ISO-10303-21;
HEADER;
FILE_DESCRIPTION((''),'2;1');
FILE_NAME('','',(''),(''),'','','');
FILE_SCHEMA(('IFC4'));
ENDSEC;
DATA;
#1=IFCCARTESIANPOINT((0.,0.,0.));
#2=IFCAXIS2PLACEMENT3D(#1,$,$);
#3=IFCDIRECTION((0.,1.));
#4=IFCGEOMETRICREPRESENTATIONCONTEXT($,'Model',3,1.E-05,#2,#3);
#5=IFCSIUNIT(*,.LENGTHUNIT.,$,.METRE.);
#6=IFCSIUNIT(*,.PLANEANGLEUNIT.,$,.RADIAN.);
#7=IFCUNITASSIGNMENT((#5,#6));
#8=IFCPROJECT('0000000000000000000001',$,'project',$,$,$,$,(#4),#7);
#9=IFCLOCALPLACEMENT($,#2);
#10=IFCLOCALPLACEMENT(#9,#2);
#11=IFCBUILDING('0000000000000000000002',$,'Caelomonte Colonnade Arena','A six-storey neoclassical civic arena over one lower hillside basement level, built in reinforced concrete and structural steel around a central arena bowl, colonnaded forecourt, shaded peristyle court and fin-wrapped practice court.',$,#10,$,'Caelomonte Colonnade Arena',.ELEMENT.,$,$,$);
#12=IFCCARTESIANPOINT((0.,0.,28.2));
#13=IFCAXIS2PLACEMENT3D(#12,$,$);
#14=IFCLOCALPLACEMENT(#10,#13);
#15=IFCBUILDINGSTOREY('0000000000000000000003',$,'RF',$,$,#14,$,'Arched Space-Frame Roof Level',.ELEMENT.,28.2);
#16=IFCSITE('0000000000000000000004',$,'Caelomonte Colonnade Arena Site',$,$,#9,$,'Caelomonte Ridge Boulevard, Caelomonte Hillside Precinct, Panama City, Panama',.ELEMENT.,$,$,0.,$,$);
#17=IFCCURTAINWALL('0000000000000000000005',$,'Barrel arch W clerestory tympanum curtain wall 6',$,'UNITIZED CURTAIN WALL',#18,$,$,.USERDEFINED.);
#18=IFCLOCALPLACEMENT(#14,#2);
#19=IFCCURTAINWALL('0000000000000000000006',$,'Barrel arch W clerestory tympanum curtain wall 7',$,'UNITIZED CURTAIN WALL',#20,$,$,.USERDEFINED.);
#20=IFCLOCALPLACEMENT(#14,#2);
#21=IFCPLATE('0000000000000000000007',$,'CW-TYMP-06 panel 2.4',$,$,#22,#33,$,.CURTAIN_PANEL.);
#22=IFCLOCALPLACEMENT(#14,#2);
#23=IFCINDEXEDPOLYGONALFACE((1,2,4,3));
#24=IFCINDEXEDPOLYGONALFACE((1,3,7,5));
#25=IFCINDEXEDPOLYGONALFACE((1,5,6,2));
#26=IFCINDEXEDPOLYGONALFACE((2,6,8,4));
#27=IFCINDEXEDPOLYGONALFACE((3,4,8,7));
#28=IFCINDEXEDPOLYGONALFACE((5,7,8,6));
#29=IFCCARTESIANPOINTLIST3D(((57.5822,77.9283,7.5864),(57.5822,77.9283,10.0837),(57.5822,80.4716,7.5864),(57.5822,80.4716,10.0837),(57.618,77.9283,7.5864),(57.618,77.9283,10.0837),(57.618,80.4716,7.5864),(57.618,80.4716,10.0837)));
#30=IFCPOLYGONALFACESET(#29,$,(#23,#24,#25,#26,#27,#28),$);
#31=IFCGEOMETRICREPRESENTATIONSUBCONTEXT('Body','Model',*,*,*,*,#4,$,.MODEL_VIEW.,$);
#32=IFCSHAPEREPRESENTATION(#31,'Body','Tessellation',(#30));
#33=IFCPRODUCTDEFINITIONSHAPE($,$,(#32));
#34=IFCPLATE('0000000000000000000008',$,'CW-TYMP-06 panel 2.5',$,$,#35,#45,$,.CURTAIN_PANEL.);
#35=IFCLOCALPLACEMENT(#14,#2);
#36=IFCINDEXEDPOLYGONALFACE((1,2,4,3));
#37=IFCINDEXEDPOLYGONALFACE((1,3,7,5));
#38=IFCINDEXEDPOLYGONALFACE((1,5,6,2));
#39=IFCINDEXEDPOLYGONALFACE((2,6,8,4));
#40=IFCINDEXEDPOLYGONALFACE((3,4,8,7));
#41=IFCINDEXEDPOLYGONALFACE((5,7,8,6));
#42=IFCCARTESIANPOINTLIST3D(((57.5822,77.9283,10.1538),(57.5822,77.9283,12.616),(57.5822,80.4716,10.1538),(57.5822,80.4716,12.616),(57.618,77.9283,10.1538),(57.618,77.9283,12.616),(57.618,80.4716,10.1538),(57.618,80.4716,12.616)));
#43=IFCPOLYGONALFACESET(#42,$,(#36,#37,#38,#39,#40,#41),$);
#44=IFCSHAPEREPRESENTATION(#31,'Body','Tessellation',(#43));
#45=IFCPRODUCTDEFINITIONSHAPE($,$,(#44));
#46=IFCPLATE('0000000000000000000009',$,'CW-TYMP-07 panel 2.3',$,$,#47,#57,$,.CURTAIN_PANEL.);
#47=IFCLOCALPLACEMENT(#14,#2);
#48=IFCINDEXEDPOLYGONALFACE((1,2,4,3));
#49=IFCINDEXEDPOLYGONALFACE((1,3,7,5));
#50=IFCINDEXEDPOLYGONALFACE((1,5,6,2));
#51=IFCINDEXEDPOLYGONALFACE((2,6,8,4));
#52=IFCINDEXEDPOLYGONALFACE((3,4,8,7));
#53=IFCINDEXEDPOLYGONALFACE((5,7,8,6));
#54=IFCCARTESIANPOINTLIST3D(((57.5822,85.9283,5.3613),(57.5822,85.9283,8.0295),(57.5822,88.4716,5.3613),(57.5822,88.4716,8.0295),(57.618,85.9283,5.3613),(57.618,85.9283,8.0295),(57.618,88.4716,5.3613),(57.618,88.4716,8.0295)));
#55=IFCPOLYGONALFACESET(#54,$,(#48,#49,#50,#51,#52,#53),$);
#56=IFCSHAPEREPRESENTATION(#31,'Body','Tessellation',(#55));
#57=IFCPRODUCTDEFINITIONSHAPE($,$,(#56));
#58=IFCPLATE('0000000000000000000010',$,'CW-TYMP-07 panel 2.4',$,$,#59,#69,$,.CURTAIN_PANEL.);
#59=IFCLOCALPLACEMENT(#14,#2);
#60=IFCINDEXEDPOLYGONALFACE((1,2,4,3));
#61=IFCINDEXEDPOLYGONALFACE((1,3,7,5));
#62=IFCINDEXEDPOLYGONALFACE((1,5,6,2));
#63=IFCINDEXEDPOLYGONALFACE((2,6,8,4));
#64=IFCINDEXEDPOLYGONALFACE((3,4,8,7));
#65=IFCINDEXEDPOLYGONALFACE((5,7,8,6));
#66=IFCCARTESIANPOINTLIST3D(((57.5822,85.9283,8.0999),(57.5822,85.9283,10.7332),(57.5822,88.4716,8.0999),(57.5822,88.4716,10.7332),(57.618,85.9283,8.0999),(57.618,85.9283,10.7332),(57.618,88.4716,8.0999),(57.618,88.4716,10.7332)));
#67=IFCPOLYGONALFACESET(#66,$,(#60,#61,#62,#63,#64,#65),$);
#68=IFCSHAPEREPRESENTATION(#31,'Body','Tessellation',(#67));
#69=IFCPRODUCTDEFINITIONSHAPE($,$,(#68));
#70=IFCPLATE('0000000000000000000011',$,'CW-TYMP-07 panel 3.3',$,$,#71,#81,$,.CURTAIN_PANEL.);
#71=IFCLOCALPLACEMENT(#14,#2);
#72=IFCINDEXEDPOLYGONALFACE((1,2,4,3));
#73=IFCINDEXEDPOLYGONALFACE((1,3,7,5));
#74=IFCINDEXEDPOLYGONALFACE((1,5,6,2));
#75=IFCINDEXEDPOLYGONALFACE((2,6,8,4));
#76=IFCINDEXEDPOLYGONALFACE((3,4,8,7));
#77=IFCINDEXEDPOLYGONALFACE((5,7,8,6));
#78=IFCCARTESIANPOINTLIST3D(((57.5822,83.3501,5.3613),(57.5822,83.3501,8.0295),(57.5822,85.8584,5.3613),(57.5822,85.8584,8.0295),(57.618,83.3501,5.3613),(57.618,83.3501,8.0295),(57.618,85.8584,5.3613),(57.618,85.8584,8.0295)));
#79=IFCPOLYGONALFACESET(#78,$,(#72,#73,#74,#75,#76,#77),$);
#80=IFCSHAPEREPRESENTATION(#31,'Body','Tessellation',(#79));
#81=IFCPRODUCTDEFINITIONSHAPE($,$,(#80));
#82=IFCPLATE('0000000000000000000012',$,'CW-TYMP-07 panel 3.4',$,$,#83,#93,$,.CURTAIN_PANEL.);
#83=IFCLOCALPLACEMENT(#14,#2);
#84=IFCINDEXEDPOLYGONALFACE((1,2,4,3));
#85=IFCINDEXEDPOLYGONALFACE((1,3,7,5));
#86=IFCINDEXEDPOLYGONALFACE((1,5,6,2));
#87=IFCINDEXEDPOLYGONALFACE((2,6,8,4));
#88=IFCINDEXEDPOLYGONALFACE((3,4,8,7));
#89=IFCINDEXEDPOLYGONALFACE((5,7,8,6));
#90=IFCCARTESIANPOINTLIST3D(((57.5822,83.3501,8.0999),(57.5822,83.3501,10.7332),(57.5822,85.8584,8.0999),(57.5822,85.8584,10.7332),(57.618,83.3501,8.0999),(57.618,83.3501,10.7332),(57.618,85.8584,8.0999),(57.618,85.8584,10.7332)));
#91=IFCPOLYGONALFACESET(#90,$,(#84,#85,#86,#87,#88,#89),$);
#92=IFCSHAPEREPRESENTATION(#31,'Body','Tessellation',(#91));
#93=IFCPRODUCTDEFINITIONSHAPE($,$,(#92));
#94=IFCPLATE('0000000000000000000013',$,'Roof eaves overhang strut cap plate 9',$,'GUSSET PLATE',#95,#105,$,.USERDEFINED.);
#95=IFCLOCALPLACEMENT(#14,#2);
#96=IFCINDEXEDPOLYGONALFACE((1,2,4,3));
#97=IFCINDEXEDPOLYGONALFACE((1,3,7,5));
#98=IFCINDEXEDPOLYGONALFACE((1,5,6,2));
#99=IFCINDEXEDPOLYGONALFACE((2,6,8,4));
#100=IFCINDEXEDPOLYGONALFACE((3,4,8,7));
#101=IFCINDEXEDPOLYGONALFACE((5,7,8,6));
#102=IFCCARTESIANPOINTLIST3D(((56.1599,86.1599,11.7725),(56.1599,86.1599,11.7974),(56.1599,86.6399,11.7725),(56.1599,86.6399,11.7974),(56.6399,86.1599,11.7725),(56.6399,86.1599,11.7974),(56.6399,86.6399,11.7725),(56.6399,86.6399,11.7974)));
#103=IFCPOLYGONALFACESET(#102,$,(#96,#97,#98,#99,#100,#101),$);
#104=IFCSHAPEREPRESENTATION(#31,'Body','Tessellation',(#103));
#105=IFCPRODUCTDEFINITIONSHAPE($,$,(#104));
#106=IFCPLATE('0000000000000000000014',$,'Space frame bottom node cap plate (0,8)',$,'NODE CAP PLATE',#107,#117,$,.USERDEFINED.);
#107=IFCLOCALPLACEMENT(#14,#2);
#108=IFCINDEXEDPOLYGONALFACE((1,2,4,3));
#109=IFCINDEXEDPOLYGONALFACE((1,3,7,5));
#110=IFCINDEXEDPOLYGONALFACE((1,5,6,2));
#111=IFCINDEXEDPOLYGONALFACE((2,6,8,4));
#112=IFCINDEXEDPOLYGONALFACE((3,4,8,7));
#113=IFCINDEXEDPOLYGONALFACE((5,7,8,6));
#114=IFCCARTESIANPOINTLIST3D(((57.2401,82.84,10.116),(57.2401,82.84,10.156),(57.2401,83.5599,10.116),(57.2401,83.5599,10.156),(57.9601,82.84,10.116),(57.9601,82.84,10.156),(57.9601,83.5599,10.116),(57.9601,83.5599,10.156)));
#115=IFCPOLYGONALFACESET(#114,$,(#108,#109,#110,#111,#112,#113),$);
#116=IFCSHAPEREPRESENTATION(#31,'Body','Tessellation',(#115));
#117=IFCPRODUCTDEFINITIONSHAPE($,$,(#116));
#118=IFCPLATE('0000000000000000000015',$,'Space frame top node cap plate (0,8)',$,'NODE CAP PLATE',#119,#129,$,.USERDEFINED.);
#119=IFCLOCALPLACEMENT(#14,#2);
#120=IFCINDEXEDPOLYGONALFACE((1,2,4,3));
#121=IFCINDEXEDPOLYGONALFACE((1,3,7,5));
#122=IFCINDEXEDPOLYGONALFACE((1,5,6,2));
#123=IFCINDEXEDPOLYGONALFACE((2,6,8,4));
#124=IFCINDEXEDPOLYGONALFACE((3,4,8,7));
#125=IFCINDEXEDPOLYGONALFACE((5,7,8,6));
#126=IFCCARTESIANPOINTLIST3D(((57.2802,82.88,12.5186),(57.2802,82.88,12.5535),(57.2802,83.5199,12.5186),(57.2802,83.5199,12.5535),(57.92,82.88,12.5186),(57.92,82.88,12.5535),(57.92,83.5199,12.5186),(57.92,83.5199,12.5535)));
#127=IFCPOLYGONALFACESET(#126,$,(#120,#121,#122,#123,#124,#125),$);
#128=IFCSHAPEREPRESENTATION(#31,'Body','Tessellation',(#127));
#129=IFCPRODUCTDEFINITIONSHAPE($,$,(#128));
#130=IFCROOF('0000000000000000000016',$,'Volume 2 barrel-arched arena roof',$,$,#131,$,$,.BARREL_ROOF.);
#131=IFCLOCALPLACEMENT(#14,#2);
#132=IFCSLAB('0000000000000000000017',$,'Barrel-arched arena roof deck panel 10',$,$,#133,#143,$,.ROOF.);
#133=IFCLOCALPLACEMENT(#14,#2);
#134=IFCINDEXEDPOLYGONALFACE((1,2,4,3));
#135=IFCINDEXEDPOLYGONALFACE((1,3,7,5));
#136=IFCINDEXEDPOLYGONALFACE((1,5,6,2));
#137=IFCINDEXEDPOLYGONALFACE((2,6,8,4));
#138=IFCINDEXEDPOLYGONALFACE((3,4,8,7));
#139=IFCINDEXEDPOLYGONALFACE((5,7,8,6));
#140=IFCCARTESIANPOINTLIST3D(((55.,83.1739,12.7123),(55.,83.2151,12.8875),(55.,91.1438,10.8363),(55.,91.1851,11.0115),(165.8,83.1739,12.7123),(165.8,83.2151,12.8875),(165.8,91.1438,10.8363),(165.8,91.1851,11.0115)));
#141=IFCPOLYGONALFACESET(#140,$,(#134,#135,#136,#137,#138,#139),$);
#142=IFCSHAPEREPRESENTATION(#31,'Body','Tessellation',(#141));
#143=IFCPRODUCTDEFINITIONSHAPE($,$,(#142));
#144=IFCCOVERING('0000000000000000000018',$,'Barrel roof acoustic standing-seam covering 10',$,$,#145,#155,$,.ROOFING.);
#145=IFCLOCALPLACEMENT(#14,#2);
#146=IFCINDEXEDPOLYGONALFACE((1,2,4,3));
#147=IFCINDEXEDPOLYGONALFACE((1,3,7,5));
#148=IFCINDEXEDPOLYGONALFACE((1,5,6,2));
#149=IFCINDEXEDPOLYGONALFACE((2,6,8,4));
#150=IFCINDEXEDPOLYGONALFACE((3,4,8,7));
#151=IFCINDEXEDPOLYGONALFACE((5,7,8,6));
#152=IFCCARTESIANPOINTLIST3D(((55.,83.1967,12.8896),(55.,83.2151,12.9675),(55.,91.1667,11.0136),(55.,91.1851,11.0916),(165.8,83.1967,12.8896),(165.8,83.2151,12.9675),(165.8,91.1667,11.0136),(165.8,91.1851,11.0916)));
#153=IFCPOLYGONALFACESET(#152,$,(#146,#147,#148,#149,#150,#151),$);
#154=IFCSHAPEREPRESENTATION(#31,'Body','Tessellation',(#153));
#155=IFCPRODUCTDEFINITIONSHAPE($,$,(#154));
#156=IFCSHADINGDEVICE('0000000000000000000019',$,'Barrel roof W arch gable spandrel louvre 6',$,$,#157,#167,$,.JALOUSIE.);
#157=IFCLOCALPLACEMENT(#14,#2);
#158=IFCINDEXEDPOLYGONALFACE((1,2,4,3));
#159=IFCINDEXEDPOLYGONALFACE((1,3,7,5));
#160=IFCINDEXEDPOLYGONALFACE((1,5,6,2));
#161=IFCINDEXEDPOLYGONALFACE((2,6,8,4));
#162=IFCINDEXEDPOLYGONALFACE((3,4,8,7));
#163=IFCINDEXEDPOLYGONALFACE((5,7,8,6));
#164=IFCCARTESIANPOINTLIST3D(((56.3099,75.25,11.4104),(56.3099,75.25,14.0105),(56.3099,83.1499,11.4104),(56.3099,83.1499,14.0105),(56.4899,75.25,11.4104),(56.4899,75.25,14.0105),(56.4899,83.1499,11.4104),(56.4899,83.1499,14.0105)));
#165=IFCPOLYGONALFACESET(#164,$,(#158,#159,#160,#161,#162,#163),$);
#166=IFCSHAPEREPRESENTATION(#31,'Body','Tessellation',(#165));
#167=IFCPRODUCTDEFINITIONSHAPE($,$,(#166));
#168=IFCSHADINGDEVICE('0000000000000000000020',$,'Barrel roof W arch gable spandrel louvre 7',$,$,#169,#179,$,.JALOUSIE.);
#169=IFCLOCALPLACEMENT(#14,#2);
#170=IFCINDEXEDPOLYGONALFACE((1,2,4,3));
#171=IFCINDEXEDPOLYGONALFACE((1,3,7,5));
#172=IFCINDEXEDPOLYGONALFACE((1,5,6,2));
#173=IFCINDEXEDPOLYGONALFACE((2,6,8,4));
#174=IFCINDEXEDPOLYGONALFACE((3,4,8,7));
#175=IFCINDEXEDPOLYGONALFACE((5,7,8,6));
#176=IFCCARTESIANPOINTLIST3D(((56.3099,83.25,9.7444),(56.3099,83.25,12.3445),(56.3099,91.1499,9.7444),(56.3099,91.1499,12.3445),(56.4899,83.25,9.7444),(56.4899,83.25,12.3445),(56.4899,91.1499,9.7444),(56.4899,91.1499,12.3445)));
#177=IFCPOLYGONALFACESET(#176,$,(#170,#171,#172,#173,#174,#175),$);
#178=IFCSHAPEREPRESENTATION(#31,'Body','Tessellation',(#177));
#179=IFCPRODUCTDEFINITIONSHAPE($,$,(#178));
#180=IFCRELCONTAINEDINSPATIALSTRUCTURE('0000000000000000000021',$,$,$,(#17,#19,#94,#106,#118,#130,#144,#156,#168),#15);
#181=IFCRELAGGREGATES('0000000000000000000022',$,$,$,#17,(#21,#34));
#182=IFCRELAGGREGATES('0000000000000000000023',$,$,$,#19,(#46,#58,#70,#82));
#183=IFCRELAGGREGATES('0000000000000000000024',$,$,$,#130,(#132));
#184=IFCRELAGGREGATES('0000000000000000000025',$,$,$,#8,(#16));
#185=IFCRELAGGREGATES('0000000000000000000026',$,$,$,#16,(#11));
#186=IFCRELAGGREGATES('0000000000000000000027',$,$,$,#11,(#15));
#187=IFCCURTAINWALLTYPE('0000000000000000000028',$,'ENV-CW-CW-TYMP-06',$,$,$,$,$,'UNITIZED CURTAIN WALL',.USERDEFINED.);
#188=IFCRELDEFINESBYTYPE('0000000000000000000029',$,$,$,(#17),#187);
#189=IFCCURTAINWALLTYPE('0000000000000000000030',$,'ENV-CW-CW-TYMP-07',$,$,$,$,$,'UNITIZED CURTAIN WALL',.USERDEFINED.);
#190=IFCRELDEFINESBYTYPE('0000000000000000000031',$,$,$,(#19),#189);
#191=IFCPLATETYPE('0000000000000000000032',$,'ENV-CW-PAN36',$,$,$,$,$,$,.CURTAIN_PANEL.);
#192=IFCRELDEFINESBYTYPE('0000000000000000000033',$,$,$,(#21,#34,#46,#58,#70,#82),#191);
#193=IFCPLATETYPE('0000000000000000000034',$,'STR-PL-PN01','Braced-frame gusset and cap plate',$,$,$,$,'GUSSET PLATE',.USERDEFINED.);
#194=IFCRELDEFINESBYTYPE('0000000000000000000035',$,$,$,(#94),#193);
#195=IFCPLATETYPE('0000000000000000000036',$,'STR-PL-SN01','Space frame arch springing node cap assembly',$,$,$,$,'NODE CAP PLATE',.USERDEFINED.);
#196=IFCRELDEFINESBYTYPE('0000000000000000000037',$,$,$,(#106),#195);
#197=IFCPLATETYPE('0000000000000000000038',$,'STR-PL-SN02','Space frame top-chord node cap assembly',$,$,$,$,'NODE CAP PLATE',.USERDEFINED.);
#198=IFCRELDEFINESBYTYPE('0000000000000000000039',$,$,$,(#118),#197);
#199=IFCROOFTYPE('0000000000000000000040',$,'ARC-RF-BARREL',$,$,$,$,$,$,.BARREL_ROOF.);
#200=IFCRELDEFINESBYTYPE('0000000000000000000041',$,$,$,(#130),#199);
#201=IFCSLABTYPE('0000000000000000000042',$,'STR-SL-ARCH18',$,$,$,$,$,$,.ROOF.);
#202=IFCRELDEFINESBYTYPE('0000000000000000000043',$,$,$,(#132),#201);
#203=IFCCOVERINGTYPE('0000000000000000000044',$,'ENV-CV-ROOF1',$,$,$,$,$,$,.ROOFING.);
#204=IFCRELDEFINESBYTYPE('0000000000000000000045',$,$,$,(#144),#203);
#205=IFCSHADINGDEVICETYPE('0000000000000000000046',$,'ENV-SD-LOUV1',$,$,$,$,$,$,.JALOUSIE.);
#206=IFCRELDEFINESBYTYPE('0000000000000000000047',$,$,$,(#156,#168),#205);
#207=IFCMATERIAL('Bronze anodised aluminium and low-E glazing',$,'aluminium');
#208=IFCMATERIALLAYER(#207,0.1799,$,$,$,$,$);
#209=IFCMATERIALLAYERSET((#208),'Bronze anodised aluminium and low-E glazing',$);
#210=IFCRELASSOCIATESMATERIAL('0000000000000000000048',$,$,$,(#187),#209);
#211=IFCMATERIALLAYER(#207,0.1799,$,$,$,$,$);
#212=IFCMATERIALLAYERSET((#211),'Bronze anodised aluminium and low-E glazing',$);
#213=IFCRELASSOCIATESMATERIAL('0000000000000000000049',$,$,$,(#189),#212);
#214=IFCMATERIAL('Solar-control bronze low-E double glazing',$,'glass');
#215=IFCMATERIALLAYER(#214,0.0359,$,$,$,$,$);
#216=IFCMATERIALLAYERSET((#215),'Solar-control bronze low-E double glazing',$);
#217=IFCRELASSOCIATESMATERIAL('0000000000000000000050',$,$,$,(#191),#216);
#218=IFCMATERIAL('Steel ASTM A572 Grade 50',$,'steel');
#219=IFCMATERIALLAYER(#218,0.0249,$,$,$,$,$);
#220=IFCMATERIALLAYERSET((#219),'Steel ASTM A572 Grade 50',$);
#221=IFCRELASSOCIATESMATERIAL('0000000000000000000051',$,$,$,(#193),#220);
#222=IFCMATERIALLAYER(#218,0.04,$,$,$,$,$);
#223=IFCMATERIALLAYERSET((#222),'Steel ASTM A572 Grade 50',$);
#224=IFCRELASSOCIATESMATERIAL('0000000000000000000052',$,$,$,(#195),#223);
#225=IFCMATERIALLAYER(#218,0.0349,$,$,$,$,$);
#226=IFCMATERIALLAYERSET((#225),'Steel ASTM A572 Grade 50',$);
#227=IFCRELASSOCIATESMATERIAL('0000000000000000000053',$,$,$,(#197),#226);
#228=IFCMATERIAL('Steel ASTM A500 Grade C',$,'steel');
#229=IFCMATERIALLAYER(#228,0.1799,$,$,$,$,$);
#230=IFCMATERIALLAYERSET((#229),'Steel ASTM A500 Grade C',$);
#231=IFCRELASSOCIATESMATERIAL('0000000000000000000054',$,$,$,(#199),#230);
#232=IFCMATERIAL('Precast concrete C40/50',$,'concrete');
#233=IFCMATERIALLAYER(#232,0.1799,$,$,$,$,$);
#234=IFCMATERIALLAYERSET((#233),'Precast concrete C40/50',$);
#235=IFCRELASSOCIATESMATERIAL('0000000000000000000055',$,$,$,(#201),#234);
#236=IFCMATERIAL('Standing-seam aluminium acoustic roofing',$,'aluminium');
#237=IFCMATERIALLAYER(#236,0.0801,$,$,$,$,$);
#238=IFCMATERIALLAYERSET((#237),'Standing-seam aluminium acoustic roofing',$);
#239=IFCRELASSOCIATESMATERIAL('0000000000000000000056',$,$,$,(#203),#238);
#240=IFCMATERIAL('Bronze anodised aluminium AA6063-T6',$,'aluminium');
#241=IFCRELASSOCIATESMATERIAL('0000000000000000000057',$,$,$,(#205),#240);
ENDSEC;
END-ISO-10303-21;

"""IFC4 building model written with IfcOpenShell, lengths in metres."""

from ifc_helpers import new_model, si_unit, direction, frame, origin, origin_2d, place, context, subcontext, project, spatial, polyline, rectangle, outline, extrude, material, layer, layer_set, type_object, element, aggregate, save


model = new_model("IFC4")

# Units and contexts
model_context = context("Model", 3, precision=1e-05, world=origin(), true_north=direction((0.0, 1.0)))
body_context = subcontext(model_context, "Body", "Model", "MODEL_VIEW")
ifc_project = project(units=[si_unit("LENGTHUNIT", "METRE"), si_unit("PLANEANGLEUNIT", "RADIAN")], contexts=[model_context])

# Site, building, storey
site_placement = place(None, origin())
site = spatial("IfcSite", under=ifc_project, at=site_placement, Name="Caelomonte Colonnade Arena Site", LongName="Caelomonte Ridge Boulevard, Caelomonte Hillside Precinct, Panama City, Panama", CompositionType="ELEMENT", RefElevation=0.0)
building_placement = place(site_placement, origin())
building = spatial("IfcBuilding", under=site, at=building_placement, Name="Caelomonte Colonnade Arena", Description="A six-storey neoclassical civic arena over one lower hillside basement level, built in reinforced concrete and structural steel around a central arena bowl, colonnaded forecourt, shaded peristyle court and fin-wrapped practice court.", LongName="Caelomonte Colonnade Arena", CompositionType="ELEMENT")
storey_placement = place(building_placement, frame((0.0, 0.0, 28.2)))
storey = spatial("IfcBuildingStorey", under=building, at=storey_placement, Name="RF", LongName="Arched Space-Frame Roof Level", CompositionType="ELEMENT", Elevation=28.2)

# Curtain walls
ifc_material_1 = material(Name="Bronze anodised aluminium and low-E glazing", Category="aluminium")
ifc_layer_1 = layer(ifc_material_1, 0.1799)
ifc_layer_set_1 = layer_set([ifc_layer_1], Name="Bronze anodised aluminium and low-E glazing")
curtain_wall_type_1 = type_object("IfcCurtainWallType", Name="ENV-CW-CW-TYMP-06", ElementType="UNITIZED CURTAIN WALL", PredefinedType="USERDEFINED", material=ifc_layer_set_1)
curtain_wall_1_placement = place(storey_placement, origin())
curtain_wall_1 = element("IfcCurtainWall", 1, at=curtain_wall_1_placement, inside=storey, type_object=curtain_wall_type_1, Name="Barrel arch W clerestory tympanum curtain wall 6", ObjectType="UNITIZED CURTAIN WALL", PredefinedType="USERDEFINED")
ifc_material_2 = material(Name="Bronze anodised aluminium AA6063-T6", Category="aluminium")
ifc_layer_2 = layer(ifc_material_1, 0.1799)
ifc_layer_set_2 = layer_set([ifc_layer_2], Name="Bronze anodised aluminium and low-E glazing")
curtain_wall_type_2 = type_object("IfcCurtainWallType", Name="ENV-CW-CW-TYMP-07", ElementType="UNITIZED CURTAIN WALL", PredefinedType="USERDEFINED", material=ifc_layer_set_2)
curtain_wall_2_placement = place(storey_placement, origin())
curtain_wall_2 = element("IfcCurtainWall", 2, at=curtain_wall_2_placement, inside=storey, type_object=curtain_wall_type_2, Name="Barrel arch W clerestory tympanum curtain wall 7", ObjectType="UNITIZED CURTAIN WALL", PredefinedType="USERDEFINED")

# Shared definitions
ifc_material_3 = material(Name="Steel ASTM A500 Grade C", Category="steel")

# Plates
ifc_material_4 = material(Name="Solar-control bronze low-E double glazing", Category="glass")
ifc_layer_3 = layer(ifc_material_4, 0.0359)
ifc_layer_set_3 = layer_set([ifc_layer_3], Name="Solar-control bronze low-E double glazing")
plate_type_1 = type_object("IfcPlateType", Name="ENV-CW-PAN36", PredefinedType="CURTAIN_PANEL", material=ifc_layer_set_3)
plate_1_placement = place(storey_placement, frame((57.6001, 79.2, 7.5864), z_axis=(0.0, 0.0, 1.0), x_axis=(0.0, -1.0, 0.0)))
plate_1 = element("IfcPlate", 3, at=plate_1_placement, type_object=plate_type_1, Name="CW-TYMP-06 panel 2.4", PredefinedType="CURTAIN_PANEL", context=body_context, shape_type="SweptSolid", body=[
    extrude(rectangle(XDim=2.5432, YDim=0.0359, at=origin_2d()), origin(), (0.0, 0.0, 1.0), 2.4973),
])
plate_2_placement = place(storey_placement, frame((57.6001, 79.2, 10.1538), z_axis=(0.0, 0.0, 1.0), x_axis=(0.0, -1.0, 0.0)))
plate_2 = element("IfcPlate", 4, at=plate_2_placement, type_object=plate_type_1, Name="CW-TYMP-06 panel 2.5", PredefinedType="CURTAIN_PANEL", context=body_context, shape_type="SweptSolid", body=[
    extrude(rectangle(XDim=2.5432, YDim=0.0359, at=origin_2d()), origin(), (0.0, 0.0, 1.0), 2.4622),
])
aggregate(curtain_wall_1, [plate_1, plate_2])
plate_3_placement = place(storey_placement, frame((57.6001, 87.2, 5.3613), z_axis=(0.0, 0.0, 1.0), x_axis=(0.0, -1.0, 0.0)))
plate_3 = element("IfcPlate", 5, at=plate_3_placement, type_object=plate_type_1, Name="CW-TYMP-07 panel 2.3", PredefinedType="CURTAIN_PANEL", context=body_context, shape_type="SweptSolid", body=[
    extrude(rectangle(XDim=2.5432, YDim=0.0359, at=origin_2d()), origin(), (0.0, 0.0, 1.0), 2.6682),
])
plate_4_placement = place(storey_placement, frame((57.6001, 87.2, 8.0999), z_axis=(0.0, 0.0, 1.0), x_axis=(0.0, -1.0, 0.0)))
plate_4 = element("IfcPlate", 6, at=plate_4_placement, type_object=plate_type_1, Name="CW-TYMP-07 panel 2.4", PredefinedType="CURTAIN_PANEL", context=body_context, shape_type="SweptSolid", body=[
    extrude(rectangle(XDim=2.5432, YDim=0.0359, at=origin_2d()), origin(), (0.0, 0.0, 1.0), 2.6333),
])
plate_5_placement = place(storey_placement, frame((57.6001, 84.6042, 5.3613), z_axis=(0.0, 0.0, 1.0), x_axis=(0.0, -1.0, 0.0)))
plate_5 = element("IfcPlate", 7, at=plate_5_placement, type_object=plate_type_1, Name="CW-TYMP-07 panel 3.3", PredefinedType="CURTAIN_PANEL", context=body_context, shape_type="SweptSolid", body=[
    extrude(rectangle(XDim=2.5083, YDim=0.0359, at=origin_2d()), origin(), (0.0, 0.0, 1.0), 2.6682),
])
plate_6_placement = place(storey_placement, frame((57.6001, 84.6042, 8.0999), z_axis=(0.0, 0.0, 1.0), x_axis=(0.0, -1.0, 0.0)))
plate_6 = element("IfcPlate", 8, at=plate_6_placement, type_object=plate_type_1, Name="CW-TYMP-07 panel 3.4", PredefinedType="CURTAIN_PANEL", context=body_context, shape_type="SweptSolid", body=[
    extrude(rectangle(XDim=2.5083, YDim=0.0359, at=origin_2d()), origin(), (0.0, 0.0, 1.0), 2.6333),
])
aggregate(curtain_wall_2, [plate_3, plate_4, plate_5, plate_6])

# Plates
ifc_material_5 = material(Name="Steel ASTM A572 Grade 50", Category="steel")
ifc_layer_4 = layer(ifc_material_5, 0.0249)
ifc_layer_set_4 = layer_set([ifc_layer_4], Name="Steel ASTM A572 Grade 50")
plate_type_2 = type_object("IfcPlateType", Name="STR-PL-PN01", Description="Braced-frame gusset and cap plate", ElementType="GUSSET PLATE", PredefinedType="USERDEFINED", material=ifc_layer_set_4)
plate_7_placement = place(storey_placement, frame((56.3999, 86.3999, 11.7725), z_axis=(0.0, 0.0, 1.0), x_axis=(1.0, 0.0, 0.0)))
element("IfcPlate", 9, at=plate_7_placement, inside=storey, type_object=plate_type_2, Name="Roof eaves overhang strut cap plate 9", ObjectType="GUSSET PLATE", PredefinedType="USERDEFINED", context=body_context, shape_type="SweptSolid", body=[
    extrude(rectangle(XDim=0.48, YDim=0.48, at=origin_2d()), origin(), (0.0, 0.0, 1.0), 0.0249),
])
ifc_layer_5 = layer(ifc_material_5, 0.04)
ifc_layer_set_5 = layer_set([ifc_layer_5], Name="Steel ASTM A572 Grade 50")
plate_type_3 = type_object("IfcPlateType", Name="STR-PL-SN01", Description="Space frame arch springing node cap assembly", ElementType="NODE CAP PLATE", PredefinedType="USERDEFINED", material=ifc_layer_set_5)
plate_8_placement = place(storey_placement, frame((57.6001, 83.2, 10.116), z_axis=(0.0, 0.0, 1.0), x_axis=(1.0, 0.0, 0.0)))
element("IfcPlate", 10, at=plate_8_placement, inside=storey, type_object=plate_type_3, Name="Space frame bottom node cap plate (0,8)", ObjectType="NODE CAP PLATE", PredefinedType="USERDEFINED", context=body_context, shape_type="SweptSolid", body=[
    extrude(rectangle(XDim=0.72, YDim=0.72, at=origin_2d()), origin(), (0.0, 0.0, 1.0), 0.04),
])
ifc_layer_6 = layer(ifc_material_5, 0.0349)
ifc_layer_set_6 = layer_set([ifc_layer_6], Name="Steel ASTM A572 Grade 50")
plate_type_4 = type_object("IfcPlateType", Name="STR-PL-SN02", Description="Space frame top-chord node cap assembly", ElementType="NODE CAP PLATE", PredefinedType="USERDEFINED", material=ifc_layer_set_6)
plate_9_placement = place(storey_placement, frame((57.6001, 83.2, 12.5186), z_axis=(0.0, 0.0, 1.0), x_axis=(1.0, 0.0, 0.0)))
element("IfcPlate", 11, at=plate_9_placement, inside=storey, type_object=plate_type_4, Name="Space frame top node cap plate (0,8)", ObjectType="NODE CAP PLATE", PredefinedType="USERDEFINED", context=body_context, shape_type="SweptSolid", body=[
    extrude(rectangle(XDim=0.6399, YDim=0.6399, at=origin_2d()), origin(), (0.0, 0.0, 1.0), 0.0349),
])

# Roof, slab
ifc_layer_7 = layer(ifc_material_3, 0.1799)
ifc_layer_set_7 = layer_set([ifc_layer_7], Name="Steel ASTM A500 Grade C")
roof_type = type_object("IfcRoofType", Name="ARC-RF-BARREL", PredefinedType="BARREL_ROOF", material=ifc_layer_set_7)
roof_placement = place(storey_placement, origin())
roof = element("IfcRoof", 12, at=roof_placement, inside=storey, type_object=roof_type, Name="Volume 2 barrel-arched arena roof", PredefinedType="BARREL_ROOF")
ifc_material_6 = material(Name="Precast concrete C40/50", Category="concrete")
ifc_layer_8 = layer(ifc_material_6, 0.1799)
ifc_layer_set_8 = layer_set([ifc_layer_8], Name="Precast concrete C40/50")
slab_type = type_object("IfcSlabType", Name="STR-SL-ARCH18", PredefinedType="ROOF", material=ifc_layer_set_8)
slab_placement = place(storey_placement, frame((55.0, 83.2151, 12.8875), z_axis=(0.0, 0.229119, 0.973398), x_axis=(1.0, 0.0, 0.0)))
slab = element("IfcSlab", 13, at=slab_placement, type_object=slab_type, Name="Barrel-arched arena roof deck panel 10", PredefinedType="ROOF", context=body_context, shape_type="SweptSolid", body=[
    extrude(outline(polyline([(0.0, 0.0), (110.8, 0.0), (110.8, 8.1878), (0.0, 8.1878), (0.0, 0.0)])), origin(), (0.0, 0.0, -1.0), 0.1799),
])
aggregate(roof, [slab])

# Covering
ifc_material_7 = material(Name="Standing-seam aluminium acoustic roofing", Category="aluminium")
ifc_layer_9 = layer(ifc_material_7, 0.0801)
ifc_layer_set_9 = layer_set([ifc_layer_9], Name="Standing-seam aluminium acoustic roofing")
covering_type = type_object("IfcCoveringType", Name="ENV-CV-ROOF1", PredefinedType="ROOFING", material=ifc_layer_set_9)
covering_placement = place(storey_placement, frame((55.0, 83.2151, 12.9675), z_axis=(0.0, 0.229119, 0.973398), x_axis=(1.0, 0.0, 0.0)))
element("IfcCovering", 14, at=covering_placement, inside=storey, type_object=covering_type, Name="Barrel roof acoustic standing-seam covering 10", PredefinedType="ROOFING", context=body_context, shape_type="SweptSolid", body=[
    extrude(outline(polyline([(0.0, 0.0), (110.8, 0.0), (110.8, 8.1878), (0.0, 8.1878), (0.0, 0.0)])), origin(), (0.0, 0.0, -1.0), 0.0801),
])

# Shading devices
shading_device_type = type_object("IfcShadingDeviceType", Name="ENV-SD-LOUV1", PredefinedType="JALOUSIE", material=ifc_material_2)
for number, where, z_axis, x_axis, name in (
    (15, (56.3999, 79.2, 11.4104), (0.0, 0.0, 1.0), (1.0, 0.0, 0.0), "Barrel roof W arch gable spandrel louvre 6"),
    (16, (56.3999, 87.2, 9.7444), (0.0, 0.0, 1.0), (1.0, 0.0, 0.0), "Barrel roof W arch gable spandrel louvre 7"),
):
    element("IfcShadingDevice", number, at=place(storey_placement, frame(where, z_axis=z_axis, x_axis=x_axis)), inside=storey, type_object=shading_device_type, Name=name, PredefinedType="JALOUSIE", context=body_context, shape_type="SweptSolid", body=[
        extrude(rectangle(XDim=0.1799, YDim=7.8999, at=origin_2d()), origin(), (0.0, 0.0, 1.0), 2.6001),
    ])

save(model, "model.ifc")
